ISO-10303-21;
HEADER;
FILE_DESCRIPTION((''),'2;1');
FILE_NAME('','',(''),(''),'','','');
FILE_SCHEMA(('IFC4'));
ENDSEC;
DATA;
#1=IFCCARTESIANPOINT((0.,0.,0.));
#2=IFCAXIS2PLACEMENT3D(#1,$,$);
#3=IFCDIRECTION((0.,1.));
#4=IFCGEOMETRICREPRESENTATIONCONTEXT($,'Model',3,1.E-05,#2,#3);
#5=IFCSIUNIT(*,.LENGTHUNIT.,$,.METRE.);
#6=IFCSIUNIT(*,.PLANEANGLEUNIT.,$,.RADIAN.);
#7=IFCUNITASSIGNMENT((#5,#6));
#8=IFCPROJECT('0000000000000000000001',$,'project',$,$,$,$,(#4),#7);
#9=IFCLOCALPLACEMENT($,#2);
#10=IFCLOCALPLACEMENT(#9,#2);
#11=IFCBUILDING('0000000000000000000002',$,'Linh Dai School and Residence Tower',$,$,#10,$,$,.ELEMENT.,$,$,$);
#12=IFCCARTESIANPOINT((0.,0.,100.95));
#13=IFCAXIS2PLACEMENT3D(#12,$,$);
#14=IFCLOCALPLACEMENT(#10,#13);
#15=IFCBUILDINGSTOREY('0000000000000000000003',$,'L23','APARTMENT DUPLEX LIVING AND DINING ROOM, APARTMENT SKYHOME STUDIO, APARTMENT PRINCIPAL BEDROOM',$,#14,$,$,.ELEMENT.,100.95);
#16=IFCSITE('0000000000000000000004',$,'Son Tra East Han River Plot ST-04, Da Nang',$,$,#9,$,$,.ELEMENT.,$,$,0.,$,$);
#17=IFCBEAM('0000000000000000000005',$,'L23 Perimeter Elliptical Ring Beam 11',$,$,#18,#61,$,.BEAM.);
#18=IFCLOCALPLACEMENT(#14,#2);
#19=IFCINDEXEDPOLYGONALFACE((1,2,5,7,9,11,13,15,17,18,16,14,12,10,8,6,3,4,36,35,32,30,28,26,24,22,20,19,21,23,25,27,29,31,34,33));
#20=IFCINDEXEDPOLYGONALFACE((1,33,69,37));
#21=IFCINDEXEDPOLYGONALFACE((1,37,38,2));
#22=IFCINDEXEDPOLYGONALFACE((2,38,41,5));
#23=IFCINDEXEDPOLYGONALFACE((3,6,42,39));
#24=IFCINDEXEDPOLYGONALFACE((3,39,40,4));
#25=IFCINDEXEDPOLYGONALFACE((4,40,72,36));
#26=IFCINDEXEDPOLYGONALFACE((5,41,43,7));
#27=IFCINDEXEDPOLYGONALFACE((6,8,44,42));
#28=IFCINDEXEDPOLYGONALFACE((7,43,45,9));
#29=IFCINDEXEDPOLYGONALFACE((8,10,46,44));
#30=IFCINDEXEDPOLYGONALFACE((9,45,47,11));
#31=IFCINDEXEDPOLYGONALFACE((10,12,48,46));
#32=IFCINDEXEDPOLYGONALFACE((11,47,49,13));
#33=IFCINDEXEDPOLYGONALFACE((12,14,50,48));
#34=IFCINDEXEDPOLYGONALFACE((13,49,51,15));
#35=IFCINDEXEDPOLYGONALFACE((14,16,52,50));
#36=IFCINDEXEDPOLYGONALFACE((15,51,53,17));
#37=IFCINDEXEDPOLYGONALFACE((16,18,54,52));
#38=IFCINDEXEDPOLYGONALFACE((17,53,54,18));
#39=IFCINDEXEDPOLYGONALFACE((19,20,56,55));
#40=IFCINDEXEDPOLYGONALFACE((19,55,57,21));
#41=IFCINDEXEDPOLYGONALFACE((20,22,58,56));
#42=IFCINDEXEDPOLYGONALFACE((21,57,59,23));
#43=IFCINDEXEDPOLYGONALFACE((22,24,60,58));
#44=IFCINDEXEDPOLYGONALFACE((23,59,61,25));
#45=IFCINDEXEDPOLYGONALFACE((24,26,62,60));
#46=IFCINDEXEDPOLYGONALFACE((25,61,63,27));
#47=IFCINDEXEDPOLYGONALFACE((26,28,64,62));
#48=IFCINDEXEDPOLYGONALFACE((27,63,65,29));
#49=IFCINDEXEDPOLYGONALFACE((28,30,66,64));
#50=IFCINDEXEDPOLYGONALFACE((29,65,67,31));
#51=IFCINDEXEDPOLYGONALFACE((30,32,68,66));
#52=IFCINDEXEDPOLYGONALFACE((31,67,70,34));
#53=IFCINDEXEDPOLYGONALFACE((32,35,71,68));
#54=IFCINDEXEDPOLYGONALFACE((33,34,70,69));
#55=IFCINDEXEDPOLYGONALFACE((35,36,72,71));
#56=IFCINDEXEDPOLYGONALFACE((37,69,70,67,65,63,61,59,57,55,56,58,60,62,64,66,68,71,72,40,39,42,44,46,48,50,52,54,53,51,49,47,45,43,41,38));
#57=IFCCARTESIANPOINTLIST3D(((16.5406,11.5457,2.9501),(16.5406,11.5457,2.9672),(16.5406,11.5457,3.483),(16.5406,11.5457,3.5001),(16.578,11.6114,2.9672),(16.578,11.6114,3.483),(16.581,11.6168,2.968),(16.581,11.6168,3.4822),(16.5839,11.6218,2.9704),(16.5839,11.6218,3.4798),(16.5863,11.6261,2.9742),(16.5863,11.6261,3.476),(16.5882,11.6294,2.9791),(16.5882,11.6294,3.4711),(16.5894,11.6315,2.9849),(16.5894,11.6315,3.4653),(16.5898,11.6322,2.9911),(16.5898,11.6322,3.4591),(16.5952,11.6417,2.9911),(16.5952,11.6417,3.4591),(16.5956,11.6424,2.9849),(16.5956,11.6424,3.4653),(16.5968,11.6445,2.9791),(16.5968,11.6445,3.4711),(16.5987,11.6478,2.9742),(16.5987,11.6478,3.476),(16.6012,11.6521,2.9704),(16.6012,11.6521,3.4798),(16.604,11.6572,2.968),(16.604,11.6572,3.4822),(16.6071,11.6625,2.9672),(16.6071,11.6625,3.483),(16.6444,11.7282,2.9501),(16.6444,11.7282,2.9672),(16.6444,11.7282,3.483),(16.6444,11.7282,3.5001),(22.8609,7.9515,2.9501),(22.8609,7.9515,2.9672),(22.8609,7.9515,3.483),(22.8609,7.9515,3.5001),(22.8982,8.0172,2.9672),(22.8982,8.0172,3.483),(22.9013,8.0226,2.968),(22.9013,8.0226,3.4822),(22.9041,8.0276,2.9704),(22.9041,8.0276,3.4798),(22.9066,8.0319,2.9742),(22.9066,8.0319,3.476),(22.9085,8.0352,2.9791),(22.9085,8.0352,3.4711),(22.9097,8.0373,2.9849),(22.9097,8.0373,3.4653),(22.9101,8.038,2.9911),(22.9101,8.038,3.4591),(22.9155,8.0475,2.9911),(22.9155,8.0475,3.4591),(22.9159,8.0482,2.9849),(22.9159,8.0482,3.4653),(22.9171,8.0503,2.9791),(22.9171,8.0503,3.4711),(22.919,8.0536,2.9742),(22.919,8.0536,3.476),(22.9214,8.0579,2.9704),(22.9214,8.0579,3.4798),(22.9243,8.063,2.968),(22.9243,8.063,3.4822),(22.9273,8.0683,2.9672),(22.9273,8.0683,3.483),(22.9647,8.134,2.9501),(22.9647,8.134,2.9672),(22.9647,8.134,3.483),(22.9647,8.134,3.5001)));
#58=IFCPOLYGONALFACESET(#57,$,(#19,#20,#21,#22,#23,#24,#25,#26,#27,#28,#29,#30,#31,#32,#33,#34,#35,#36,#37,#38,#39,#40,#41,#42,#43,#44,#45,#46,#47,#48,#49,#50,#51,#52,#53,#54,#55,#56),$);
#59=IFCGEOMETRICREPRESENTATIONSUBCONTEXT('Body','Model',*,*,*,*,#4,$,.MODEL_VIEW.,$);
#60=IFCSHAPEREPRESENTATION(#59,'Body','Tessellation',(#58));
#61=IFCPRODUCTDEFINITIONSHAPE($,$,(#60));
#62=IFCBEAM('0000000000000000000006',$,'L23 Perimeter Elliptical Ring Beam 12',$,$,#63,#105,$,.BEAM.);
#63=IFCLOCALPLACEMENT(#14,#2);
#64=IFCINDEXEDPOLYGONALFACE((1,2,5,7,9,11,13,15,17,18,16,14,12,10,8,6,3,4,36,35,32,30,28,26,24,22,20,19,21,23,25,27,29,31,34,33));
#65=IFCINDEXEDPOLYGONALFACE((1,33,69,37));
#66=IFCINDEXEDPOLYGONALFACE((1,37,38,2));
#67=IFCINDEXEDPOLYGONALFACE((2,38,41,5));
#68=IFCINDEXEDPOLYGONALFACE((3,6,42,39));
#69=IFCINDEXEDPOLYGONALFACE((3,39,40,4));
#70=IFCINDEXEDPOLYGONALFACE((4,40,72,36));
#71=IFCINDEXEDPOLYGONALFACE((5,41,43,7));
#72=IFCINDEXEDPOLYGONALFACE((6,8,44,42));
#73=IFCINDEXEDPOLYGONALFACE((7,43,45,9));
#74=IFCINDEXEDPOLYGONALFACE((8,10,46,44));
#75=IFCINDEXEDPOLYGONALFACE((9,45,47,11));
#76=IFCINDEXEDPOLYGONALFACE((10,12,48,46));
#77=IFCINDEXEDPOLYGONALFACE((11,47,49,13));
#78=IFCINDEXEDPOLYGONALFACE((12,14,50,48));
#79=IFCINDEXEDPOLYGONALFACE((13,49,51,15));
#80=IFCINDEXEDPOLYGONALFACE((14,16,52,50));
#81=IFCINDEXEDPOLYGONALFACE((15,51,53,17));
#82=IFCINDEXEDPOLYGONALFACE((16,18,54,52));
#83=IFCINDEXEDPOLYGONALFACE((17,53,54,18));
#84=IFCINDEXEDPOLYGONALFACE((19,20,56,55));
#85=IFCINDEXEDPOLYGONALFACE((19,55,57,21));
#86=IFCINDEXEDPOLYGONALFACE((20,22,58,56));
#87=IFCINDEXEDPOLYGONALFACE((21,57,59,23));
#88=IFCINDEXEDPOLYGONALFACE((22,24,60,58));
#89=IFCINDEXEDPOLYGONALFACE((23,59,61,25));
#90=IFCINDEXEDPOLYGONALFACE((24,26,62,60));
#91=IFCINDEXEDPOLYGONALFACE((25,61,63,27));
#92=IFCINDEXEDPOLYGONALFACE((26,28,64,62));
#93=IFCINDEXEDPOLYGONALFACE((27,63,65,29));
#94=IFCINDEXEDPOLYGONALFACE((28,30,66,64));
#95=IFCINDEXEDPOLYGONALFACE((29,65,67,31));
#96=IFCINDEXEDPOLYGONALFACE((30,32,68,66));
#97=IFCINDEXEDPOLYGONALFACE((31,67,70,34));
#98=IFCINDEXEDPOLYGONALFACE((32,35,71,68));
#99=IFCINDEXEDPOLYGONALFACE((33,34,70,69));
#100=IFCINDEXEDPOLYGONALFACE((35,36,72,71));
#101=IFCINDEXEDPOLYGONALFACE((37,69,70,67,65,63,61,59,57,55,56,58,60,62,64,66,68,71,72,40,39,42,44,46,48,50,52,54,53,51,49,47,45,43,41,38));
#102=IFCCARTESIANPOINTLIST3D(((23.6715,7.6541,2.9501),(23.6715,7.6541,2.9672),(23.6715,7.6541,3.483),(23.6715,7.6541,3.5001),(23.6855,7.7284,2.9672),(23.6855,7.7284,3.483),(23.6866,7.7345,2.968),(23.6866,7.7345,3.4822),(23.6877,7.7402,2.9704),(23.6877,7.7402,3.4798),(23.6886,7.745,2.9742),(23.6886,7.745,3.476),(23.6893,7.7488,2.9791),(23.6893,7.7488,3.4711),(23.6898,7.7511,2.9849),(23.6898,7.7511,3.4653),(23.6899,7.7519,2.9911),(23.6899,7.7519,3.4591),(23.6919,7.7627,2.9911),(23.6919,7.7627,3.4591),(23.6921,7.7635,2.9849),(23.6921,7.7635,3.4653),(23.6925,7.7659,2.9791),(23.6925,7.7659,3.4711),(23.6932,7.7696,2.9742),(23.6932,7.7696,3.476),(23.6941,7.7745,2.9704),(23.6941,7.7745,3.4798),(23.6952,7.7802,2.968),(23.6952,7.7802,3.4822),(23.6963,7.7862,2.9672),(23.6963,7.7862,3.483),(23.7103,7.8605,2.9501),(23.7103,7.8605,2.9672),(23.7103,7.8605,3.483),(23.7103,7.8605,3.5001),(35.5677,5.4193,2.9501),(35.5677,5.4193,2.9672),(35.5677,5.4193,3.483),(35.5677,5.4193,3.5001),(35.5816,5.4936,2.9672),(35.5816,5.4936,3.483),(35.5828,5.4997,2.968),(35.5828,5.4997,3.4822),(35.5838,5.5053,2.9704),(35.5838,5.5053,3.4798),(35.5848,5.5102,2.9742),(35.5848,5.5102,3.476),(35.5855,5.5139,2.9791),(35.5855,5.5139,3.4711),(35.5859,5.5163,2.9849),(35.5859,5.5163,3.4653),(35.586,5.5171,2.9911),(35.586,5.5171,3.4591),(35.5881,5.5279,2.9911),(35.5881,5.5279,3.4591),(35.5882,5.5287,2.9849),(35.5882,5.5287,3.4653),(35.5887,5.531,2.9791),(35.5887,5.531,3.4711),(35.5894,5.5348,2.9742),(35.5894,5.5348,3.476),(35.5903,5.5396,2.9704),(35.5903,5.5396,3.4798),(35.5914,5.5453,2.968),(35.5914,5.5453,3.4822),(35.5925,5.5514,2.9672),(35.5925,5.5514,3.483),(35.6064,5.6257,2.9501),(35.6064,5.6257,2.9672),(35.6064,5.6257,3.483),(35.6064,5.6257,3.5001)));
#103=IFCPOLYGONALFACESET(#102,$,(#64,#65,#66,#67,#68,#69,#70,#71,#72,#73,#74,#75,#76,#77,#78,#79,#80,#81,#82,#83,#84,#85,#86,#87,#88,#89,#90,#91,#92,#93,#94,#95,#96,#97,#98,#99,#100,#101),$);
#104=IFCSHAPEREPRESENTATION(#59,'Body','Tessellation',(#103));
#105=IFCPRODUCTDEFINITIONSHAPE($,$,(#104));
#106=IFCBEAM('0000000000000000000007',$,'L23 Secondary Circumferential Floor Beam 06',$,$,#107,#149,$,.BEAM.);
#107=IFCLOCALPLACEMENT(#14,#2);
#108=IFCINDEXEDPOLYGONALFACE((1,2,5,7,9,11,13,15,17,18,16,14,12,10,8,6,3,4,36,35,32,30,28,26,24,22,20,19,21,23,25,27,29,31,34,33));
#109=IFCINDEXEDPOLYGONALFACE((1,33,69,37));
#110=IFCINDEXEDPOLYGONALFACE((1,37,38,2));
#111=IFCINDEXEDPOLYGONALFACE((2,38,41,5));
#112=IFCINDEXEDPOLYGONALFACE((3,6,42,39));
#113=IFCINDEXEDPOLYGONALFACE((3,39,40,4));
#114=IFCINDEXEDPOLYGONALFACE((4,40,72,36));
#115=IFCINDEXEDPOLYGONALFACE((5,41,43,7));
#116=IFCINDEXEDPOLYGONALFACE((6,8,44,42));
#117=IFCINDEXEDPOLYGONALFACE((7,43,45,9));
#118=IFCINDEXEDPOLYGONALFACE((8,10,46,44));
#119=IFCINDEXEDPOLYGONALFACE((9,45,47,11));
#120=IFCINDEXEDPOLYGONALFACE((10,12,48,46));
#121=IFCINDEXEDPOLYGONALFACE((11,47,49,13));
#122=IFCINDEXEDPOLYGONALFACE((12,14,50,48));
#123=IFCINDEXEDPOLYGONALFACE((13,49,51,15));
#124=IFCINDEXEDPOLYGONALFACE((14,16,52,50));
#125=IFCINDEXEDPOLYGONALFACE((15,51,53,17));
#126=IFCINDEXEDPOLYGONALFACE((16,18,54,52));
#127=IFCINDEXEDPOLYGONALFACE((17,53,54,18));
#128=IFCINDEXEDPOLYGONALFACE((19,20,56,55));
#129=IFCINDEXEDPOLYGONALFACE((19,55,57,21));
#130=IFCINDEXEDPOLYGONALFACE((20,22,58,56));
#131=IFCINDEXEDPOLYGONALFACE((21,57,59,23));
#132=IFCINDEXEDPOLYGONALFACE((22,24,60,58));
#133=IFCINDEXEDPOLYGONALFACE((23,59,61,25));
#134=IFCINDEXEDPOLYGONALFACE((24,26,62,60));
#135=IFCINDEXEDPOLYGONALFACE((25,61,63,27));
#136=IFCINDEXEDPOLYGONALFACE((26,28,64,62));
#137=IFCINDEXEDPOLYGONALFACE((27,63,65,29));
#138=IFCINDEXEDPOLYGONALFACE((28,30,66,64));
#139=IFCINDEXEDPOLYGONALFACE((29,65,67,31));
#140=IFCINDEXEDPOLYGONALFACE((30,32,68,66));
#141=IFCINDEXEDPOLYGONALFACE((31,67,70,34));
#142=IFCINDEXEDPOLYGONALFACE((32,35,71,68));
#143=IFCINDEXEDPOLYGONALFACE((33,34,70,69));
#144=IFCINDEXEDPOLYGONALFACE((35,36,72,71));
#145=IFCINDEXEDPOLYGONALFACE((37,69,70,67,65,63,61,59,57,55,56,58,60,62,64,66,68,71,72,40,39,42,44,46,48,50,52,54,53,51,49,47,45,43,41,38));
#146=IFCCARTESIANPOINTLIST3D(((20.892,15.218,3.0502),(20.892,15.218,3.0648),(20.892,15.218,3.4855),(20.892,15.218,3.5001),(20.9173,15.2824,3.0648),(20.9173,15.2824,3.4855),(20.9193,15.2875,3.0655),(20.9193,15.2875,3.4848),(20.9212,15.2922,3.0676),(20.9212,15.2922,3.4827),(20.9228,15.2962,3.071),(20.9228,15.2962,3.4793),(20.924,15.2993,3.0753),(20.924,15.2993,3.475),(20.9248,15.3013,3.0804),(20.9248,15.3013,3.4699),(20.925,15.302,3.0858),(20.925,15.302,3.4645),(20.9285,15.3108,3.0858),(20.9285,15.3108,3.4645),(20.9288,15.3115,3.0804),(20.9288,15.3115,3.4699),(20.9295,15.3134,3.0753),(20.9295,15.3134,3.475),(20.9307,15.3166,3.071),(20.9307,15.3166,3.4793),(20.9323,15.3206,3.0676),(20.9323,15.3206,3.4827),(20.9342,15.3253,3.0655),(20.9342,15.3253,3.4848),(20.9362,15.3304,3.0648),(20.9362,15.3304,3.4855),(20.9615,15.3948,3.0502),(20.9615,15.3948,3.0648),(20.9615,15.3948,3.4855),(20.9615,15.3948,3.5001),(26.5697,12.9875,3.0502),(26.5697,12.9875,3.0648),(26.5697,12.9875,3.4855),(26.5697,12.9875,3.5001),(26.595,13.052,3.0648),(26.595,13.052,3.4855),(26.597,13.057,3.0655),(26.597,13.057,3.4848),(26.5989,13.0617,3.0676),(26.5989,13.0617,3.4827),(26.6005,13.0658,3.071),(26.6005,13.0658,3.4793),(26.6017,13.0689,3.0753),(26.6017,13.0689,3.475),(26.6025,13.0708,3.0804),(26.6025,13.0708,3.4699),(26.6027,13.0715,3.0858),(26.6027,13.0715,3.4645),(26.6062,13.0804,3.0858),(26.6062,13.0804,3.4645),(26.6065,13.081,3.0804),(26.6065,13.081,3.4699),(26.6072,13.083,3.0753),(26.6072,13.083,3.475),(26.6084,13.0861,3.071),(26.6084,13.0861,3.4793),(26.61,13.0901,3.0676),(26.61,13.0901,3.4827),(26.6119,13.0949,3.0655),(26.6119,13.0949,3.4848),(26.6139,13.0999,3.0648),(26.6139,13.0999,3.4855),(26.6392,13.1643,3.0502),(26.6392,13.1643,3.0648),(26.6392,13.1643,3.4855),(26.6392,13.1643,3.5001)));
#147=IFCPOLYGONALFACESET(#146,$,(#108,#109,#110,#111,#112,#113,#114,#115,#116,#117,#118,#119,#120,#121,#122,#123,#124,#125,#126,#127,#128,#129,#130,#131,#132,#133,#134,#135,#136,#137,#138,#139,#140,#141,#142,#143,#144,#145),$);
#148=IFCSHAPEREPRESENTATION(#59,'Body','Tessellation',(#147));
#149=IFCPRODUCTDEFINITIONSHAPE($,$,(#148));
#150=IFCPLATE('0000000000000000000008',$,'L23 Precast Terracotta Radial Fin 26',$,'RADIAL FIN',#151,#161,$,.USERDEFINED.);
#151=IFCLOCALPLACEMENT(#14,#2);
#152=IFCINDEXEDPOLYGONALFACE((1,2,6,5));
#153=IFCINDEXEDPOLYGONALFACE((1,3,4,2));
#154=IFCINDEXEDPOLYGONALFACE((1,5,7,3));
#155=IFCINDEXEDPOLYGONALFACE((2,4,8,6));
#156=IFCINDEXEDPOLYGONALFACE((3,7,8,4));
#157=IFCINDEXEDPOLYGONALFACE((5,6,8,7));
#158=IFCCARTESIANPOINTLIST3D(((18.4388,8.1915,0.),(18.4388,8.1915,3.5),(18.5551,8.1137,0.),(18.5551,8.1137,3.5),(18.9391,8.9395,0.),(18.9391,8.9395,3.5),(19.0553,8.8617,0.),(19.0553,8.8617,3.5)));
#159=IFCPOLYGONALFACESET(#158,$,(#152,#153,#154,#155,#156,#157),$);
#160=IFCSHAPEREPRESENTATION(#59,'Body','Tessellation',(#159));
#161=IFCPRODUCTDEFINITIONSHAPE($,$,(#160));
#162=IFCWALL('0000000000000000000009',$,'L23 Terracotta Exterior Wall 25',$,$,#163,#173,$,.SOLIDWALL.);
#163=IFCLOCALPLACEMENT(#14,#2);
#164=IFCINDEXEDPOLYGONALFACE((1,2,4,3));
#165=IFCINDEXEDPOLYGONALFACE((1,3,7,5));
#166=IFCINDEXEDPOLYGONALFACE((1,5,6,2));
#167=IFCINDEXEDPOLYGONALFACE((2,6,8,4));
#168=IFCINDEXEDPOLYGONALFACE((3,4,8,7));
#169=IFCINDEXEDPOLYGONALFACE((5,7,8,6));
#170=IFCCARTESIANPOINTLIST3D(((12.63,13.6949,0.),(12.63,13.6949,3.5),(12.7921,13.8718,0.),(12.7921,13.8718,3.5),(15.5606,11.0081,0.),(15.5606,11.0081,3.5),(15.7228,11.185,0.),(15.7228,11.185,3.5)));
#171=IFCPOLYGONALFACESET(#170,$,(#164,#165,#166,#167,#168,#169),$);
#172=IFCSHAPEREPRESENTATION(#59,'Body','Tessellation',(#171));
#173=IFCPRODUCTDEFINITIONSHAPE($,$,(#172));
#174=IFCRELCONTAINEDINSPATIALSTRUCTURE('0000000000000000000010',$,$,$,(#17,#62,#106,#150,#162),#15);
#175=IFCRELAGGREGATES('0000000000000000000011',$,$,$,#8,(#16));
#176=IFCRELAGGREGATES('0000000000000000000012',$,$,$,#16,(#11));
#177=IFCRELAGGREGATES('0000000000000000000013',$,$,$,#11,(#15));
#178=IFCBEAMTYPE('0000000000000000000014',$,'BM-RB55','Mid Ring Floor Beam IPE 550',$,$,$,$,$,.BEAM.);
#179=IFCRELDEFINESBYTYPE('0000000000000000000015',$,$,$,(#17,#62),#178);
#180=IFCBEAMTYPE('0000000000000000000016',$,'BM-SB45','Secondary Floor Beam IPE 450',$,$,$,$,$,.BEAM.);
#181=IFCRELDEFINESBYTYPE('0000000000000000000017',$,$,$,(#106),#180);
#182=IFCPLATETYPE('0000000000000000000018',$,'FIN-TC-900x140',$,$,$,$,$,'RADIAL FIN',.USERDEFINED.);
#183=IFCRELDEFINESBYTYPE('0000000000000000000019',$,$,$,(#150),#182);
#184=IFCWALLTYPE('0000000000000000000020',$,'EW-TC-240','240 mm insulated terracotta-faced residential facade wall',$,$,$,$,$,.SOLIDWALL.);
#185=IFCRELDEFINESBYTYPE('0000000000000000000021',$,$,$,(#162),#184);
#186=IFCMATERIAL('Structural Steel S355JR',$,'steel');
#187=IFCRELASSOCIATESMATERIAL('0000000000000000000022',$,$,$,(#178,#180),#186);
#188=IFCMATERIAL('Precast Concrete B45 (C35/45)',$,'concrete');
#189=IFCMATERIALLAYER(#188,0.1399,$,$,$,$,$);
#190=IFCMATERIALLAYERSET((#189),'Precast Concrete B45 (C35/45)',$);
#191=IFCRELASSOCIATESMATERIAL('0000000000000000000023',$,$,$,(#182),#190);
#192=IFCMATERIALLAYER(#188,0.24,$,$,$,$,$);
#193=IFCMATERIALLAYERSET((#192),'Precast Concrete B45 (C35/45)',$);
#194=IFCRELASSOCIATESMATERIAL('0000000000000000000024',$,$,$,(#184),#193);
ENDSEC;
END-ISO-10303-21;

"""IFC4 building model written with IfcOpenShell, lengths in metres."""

from ifc_helpers import new_model, si_unit, direction, frame, frame_2d, origin, origin_2d, place, context, subcontext, project, spatial, rectangle, i_section, extrude, source, transform, mapped, material, layer, layer_set, material_profile, profile_set, type_object, element, save


model = new_model("IFC4")

# Units and contexts
model_context = context("Model", 3, precision=1e-05, world=origin(), true_north=direction((0.0, 1.0)))
body_context = subcontext(model_context, "Body", "Model", "MODEL_VIEW")
ifc_project = project(units=[si_unit("LENGTHUNIT", "METRE"), si_unit("PLANEANGLEUNIT", "RADIAN")], contexts=[model_context])

# Site, building, storey
site_placement = place(None, origin())
site = spatial("IfcSite", under=ifc_project, at=site_placement, Name="Son Tra East Han River Plot ST-04, Da Nang", CompositionType="ELEMENT", RefElevation=0.0)
building_placement = place(site_placement, origin())
building = spatial("IfcBuilding", under=site, at=building_placement, Name="Linh Dai School and Residence Tower", CompositionType="ELEMENT")
storey_placement = place(building_placement, frame((0.0, 0.0, 100.95)))
storey = spatial("IfcBuildingStorey", under=building, at=storey_placement, Name="L23", Description="APARTMENT DUPLEX LIVING AND DINING ROOM, APARTMENT SKYHOME STUDIO, APARTMENT PRINCIPAL BEDROOM", CompositionType="ELEMENT", Elevation=100.95)

# Shared definitions
ifc_material_1 = material(Name="Structural Steel S355JR", Category="steel")

# Beams
ifc_material_profile_1 = material_profile(ifc_material_1, i_section(OverallWidth=0.21, OverallDepth=0.55, WebThickness=0.011, FlangeThickness=0.0171, FilletRadius=0.0239, at=origin_2d()), Name="IPE 550")
ifc_profile_set_1 = profile_set([ifc_material_profile_1], Name="Structural Steel S355JR")
beam_type_1 = type_object("IfcBeamType", Name="BM-RB55", Description="Mid Ring Floor Beam IPE 550", PredefinedType="BEAM", material=ifc_profile_set_1)
beam_1_placement = place(storey_placement, frame((16.5925, 11.637, 3.2251), z_axis=(0.86927, -0.494337, 0.0), x_axis=(0.494337, 0.86927, 0.0)))
element("IfcBeam", 1, at=beam_1_placement, inside=storey, type_object=beam_type_1, Name="L23 Perimeter Elliptical Ring Beam 11", PredefinedType="BEAM", context=body_context, shape_type="SweptSolid", body=[
    extrude(i_section(OverallWidth=0.21, OverallDepth=0.55, WebThickness=0.011, FlangeThickness=0.0171, FilletRadius=0.0239, at=origin_2d()), origin(), (0.0, 0.0, 1.0), 7.2708),
])
beam_2_placement = place(storey_placement, frame((23.6909, 7.7573, 3.2251), z_axis=(0.982808, -0.184633, 0.0), x_axis=(0.184633, 0.982808, 0.0)))
element("IfcBeam", 2, at=beam_2_placement, inside=storey, type_object=beam_type_1, Name="L23 Perimeter Elliptical Ring Beam 12", PredefinedType="BEAM", context=body_context, shape_type="SweptSolid", body=[
    extrude(i_section(OverallWidth=0.21, OverallDepth=0.55, WebThickness=0.011, FlangeThickness=0.0171, FilletRadius=0.0239, at=origin_2d()), origin(), (0.0, 0.0, 1.0), 12.1042),
])
ifc_material_profile_2 = material_profile(ifc_material_1, i_section(OverallWidth=0.1899, OverallDepth=0.45, WebThickness=0.0095, FlangeThickness=0.0146, FilletRadius=0.021, at=origin_2d()), Name="IPE 450")
ifc_profile_set_2 = profile_set([ifc_material_profile_2], Name="Structural Steel S355JR")
beam_type_2 = type_object("IfcBeamType", Name="BM-SB45", Description="Secondary Floor Beam IPE 450", PredefinedType="BEAM", material=ifc_profile_set_2)
beam_3_placement = place(storey_placement, frame((20.9268, 15.3064, 3.2751), z_axis=(0.930755, -0.365642, 0.0), x_axis=(0.365642, 0.930755, 0.0)))
element("IfcBeam", 3, at=beam_3_placement, inside=storey, type_object=beam_type_2, Name="L23 Secondary Circumferential Floor Beam 06", PredefinedType="BEAM", context=body_context, shape_type="SweptSolid", body=[
    extrude(i_section(OverallWidth=0.1899, OverallDepth=0.45, WebThickness=0.0095, FlangeThickness=0.0146, FilletRadius=0.021, at=origin_2d()), origin(), (0.0, 0.0, 1.0), 6.1001),
])

# Plate
ifc_material_2 = material(Name="Precast Concrete B45 (C35/45)", Category="concrete")
ifc_layer_1 = layer(ifc_material_2, 0.1399)
ifc_layer_set_1 = layer_set([ifc_layer_1], Name="Precast Concrete B45 (C35/45)")
plate_type = type_object("IfcPlateType", Name="FIN-TC-900x140", ElementType="RADIAL FIN", PredefinedType="USERDEFINED", material=ifc_layer_set_1)
shared_shape_1 = source(origin(), body_context, "Body", "SweptSolid", [
    extrude(rectangle(XDim=0.8999, YDim=0.1399, at=origin_2d()), origin(), (0.0, 0.0, 1.0), 3.5),
])
plate_placement = place(storey_placement, frame((18.7471, 8.5266, 0.0), z_axis=(0.0, 0.0, 1.0), x_axis=(-0.555913, -0.83124, 0.0)))
element("IfcPlate", 4, at=plate_placement, inside=storey, type_object=plate_type, Name="L23 Precast Terracotta Radial Fin 26", ObjectType="RADIAL FIN", PredefinedType="USERDEFINED", context=body_context, shape_type="MappedRepresentation", body=[
    mapped(shared_shape_1, transform((0.0, 0.0, 0.0), x_axis=(1.0, 0.0, 0.0), y_axis=(0.0, 1.0, 0.0), z_axis=(0.0, 0.0, 1.0), scale=1.0)),
])

# Wall
ifc_layer_2 = layer(ifc_material_2, 0.24)
ifc_layer_set_2 = layer_set([ifc_layer_2], Name="Precast Concrete B45 (C35/45)")
wall_type_1 = type_object("IfcWallType", Name="EW-TC-240", Description="240 mm insulated terracotta-faced residential facade wall", PredefinedType="SOLIDWALL", material=ifc_layer_set_2)
wall_1_placement = place(storey_placement, frame((15.6416, 11.0967, 0.0), z_axis=(0.0, 0.0, 1.0), x_axis=(-0.737113, 0.675769, 0.0)))
element("IfcWall", 5, at=wall_1_placement, inside=storey, type_object=wall_type_1, Name="L23 Terracotta Exterior Wall 25", PredefinedType="SOLIDWALL", context=body_context, shape_type="SweptSolid", body=[
    extrude(rectangle(XDim=3.9758, YDim=0.24, at=frame_2d((1.9878, 0.0))), origin(), (0.0, 0.0, 1.0), 3.5),
])

save(model, "model.ifc")
